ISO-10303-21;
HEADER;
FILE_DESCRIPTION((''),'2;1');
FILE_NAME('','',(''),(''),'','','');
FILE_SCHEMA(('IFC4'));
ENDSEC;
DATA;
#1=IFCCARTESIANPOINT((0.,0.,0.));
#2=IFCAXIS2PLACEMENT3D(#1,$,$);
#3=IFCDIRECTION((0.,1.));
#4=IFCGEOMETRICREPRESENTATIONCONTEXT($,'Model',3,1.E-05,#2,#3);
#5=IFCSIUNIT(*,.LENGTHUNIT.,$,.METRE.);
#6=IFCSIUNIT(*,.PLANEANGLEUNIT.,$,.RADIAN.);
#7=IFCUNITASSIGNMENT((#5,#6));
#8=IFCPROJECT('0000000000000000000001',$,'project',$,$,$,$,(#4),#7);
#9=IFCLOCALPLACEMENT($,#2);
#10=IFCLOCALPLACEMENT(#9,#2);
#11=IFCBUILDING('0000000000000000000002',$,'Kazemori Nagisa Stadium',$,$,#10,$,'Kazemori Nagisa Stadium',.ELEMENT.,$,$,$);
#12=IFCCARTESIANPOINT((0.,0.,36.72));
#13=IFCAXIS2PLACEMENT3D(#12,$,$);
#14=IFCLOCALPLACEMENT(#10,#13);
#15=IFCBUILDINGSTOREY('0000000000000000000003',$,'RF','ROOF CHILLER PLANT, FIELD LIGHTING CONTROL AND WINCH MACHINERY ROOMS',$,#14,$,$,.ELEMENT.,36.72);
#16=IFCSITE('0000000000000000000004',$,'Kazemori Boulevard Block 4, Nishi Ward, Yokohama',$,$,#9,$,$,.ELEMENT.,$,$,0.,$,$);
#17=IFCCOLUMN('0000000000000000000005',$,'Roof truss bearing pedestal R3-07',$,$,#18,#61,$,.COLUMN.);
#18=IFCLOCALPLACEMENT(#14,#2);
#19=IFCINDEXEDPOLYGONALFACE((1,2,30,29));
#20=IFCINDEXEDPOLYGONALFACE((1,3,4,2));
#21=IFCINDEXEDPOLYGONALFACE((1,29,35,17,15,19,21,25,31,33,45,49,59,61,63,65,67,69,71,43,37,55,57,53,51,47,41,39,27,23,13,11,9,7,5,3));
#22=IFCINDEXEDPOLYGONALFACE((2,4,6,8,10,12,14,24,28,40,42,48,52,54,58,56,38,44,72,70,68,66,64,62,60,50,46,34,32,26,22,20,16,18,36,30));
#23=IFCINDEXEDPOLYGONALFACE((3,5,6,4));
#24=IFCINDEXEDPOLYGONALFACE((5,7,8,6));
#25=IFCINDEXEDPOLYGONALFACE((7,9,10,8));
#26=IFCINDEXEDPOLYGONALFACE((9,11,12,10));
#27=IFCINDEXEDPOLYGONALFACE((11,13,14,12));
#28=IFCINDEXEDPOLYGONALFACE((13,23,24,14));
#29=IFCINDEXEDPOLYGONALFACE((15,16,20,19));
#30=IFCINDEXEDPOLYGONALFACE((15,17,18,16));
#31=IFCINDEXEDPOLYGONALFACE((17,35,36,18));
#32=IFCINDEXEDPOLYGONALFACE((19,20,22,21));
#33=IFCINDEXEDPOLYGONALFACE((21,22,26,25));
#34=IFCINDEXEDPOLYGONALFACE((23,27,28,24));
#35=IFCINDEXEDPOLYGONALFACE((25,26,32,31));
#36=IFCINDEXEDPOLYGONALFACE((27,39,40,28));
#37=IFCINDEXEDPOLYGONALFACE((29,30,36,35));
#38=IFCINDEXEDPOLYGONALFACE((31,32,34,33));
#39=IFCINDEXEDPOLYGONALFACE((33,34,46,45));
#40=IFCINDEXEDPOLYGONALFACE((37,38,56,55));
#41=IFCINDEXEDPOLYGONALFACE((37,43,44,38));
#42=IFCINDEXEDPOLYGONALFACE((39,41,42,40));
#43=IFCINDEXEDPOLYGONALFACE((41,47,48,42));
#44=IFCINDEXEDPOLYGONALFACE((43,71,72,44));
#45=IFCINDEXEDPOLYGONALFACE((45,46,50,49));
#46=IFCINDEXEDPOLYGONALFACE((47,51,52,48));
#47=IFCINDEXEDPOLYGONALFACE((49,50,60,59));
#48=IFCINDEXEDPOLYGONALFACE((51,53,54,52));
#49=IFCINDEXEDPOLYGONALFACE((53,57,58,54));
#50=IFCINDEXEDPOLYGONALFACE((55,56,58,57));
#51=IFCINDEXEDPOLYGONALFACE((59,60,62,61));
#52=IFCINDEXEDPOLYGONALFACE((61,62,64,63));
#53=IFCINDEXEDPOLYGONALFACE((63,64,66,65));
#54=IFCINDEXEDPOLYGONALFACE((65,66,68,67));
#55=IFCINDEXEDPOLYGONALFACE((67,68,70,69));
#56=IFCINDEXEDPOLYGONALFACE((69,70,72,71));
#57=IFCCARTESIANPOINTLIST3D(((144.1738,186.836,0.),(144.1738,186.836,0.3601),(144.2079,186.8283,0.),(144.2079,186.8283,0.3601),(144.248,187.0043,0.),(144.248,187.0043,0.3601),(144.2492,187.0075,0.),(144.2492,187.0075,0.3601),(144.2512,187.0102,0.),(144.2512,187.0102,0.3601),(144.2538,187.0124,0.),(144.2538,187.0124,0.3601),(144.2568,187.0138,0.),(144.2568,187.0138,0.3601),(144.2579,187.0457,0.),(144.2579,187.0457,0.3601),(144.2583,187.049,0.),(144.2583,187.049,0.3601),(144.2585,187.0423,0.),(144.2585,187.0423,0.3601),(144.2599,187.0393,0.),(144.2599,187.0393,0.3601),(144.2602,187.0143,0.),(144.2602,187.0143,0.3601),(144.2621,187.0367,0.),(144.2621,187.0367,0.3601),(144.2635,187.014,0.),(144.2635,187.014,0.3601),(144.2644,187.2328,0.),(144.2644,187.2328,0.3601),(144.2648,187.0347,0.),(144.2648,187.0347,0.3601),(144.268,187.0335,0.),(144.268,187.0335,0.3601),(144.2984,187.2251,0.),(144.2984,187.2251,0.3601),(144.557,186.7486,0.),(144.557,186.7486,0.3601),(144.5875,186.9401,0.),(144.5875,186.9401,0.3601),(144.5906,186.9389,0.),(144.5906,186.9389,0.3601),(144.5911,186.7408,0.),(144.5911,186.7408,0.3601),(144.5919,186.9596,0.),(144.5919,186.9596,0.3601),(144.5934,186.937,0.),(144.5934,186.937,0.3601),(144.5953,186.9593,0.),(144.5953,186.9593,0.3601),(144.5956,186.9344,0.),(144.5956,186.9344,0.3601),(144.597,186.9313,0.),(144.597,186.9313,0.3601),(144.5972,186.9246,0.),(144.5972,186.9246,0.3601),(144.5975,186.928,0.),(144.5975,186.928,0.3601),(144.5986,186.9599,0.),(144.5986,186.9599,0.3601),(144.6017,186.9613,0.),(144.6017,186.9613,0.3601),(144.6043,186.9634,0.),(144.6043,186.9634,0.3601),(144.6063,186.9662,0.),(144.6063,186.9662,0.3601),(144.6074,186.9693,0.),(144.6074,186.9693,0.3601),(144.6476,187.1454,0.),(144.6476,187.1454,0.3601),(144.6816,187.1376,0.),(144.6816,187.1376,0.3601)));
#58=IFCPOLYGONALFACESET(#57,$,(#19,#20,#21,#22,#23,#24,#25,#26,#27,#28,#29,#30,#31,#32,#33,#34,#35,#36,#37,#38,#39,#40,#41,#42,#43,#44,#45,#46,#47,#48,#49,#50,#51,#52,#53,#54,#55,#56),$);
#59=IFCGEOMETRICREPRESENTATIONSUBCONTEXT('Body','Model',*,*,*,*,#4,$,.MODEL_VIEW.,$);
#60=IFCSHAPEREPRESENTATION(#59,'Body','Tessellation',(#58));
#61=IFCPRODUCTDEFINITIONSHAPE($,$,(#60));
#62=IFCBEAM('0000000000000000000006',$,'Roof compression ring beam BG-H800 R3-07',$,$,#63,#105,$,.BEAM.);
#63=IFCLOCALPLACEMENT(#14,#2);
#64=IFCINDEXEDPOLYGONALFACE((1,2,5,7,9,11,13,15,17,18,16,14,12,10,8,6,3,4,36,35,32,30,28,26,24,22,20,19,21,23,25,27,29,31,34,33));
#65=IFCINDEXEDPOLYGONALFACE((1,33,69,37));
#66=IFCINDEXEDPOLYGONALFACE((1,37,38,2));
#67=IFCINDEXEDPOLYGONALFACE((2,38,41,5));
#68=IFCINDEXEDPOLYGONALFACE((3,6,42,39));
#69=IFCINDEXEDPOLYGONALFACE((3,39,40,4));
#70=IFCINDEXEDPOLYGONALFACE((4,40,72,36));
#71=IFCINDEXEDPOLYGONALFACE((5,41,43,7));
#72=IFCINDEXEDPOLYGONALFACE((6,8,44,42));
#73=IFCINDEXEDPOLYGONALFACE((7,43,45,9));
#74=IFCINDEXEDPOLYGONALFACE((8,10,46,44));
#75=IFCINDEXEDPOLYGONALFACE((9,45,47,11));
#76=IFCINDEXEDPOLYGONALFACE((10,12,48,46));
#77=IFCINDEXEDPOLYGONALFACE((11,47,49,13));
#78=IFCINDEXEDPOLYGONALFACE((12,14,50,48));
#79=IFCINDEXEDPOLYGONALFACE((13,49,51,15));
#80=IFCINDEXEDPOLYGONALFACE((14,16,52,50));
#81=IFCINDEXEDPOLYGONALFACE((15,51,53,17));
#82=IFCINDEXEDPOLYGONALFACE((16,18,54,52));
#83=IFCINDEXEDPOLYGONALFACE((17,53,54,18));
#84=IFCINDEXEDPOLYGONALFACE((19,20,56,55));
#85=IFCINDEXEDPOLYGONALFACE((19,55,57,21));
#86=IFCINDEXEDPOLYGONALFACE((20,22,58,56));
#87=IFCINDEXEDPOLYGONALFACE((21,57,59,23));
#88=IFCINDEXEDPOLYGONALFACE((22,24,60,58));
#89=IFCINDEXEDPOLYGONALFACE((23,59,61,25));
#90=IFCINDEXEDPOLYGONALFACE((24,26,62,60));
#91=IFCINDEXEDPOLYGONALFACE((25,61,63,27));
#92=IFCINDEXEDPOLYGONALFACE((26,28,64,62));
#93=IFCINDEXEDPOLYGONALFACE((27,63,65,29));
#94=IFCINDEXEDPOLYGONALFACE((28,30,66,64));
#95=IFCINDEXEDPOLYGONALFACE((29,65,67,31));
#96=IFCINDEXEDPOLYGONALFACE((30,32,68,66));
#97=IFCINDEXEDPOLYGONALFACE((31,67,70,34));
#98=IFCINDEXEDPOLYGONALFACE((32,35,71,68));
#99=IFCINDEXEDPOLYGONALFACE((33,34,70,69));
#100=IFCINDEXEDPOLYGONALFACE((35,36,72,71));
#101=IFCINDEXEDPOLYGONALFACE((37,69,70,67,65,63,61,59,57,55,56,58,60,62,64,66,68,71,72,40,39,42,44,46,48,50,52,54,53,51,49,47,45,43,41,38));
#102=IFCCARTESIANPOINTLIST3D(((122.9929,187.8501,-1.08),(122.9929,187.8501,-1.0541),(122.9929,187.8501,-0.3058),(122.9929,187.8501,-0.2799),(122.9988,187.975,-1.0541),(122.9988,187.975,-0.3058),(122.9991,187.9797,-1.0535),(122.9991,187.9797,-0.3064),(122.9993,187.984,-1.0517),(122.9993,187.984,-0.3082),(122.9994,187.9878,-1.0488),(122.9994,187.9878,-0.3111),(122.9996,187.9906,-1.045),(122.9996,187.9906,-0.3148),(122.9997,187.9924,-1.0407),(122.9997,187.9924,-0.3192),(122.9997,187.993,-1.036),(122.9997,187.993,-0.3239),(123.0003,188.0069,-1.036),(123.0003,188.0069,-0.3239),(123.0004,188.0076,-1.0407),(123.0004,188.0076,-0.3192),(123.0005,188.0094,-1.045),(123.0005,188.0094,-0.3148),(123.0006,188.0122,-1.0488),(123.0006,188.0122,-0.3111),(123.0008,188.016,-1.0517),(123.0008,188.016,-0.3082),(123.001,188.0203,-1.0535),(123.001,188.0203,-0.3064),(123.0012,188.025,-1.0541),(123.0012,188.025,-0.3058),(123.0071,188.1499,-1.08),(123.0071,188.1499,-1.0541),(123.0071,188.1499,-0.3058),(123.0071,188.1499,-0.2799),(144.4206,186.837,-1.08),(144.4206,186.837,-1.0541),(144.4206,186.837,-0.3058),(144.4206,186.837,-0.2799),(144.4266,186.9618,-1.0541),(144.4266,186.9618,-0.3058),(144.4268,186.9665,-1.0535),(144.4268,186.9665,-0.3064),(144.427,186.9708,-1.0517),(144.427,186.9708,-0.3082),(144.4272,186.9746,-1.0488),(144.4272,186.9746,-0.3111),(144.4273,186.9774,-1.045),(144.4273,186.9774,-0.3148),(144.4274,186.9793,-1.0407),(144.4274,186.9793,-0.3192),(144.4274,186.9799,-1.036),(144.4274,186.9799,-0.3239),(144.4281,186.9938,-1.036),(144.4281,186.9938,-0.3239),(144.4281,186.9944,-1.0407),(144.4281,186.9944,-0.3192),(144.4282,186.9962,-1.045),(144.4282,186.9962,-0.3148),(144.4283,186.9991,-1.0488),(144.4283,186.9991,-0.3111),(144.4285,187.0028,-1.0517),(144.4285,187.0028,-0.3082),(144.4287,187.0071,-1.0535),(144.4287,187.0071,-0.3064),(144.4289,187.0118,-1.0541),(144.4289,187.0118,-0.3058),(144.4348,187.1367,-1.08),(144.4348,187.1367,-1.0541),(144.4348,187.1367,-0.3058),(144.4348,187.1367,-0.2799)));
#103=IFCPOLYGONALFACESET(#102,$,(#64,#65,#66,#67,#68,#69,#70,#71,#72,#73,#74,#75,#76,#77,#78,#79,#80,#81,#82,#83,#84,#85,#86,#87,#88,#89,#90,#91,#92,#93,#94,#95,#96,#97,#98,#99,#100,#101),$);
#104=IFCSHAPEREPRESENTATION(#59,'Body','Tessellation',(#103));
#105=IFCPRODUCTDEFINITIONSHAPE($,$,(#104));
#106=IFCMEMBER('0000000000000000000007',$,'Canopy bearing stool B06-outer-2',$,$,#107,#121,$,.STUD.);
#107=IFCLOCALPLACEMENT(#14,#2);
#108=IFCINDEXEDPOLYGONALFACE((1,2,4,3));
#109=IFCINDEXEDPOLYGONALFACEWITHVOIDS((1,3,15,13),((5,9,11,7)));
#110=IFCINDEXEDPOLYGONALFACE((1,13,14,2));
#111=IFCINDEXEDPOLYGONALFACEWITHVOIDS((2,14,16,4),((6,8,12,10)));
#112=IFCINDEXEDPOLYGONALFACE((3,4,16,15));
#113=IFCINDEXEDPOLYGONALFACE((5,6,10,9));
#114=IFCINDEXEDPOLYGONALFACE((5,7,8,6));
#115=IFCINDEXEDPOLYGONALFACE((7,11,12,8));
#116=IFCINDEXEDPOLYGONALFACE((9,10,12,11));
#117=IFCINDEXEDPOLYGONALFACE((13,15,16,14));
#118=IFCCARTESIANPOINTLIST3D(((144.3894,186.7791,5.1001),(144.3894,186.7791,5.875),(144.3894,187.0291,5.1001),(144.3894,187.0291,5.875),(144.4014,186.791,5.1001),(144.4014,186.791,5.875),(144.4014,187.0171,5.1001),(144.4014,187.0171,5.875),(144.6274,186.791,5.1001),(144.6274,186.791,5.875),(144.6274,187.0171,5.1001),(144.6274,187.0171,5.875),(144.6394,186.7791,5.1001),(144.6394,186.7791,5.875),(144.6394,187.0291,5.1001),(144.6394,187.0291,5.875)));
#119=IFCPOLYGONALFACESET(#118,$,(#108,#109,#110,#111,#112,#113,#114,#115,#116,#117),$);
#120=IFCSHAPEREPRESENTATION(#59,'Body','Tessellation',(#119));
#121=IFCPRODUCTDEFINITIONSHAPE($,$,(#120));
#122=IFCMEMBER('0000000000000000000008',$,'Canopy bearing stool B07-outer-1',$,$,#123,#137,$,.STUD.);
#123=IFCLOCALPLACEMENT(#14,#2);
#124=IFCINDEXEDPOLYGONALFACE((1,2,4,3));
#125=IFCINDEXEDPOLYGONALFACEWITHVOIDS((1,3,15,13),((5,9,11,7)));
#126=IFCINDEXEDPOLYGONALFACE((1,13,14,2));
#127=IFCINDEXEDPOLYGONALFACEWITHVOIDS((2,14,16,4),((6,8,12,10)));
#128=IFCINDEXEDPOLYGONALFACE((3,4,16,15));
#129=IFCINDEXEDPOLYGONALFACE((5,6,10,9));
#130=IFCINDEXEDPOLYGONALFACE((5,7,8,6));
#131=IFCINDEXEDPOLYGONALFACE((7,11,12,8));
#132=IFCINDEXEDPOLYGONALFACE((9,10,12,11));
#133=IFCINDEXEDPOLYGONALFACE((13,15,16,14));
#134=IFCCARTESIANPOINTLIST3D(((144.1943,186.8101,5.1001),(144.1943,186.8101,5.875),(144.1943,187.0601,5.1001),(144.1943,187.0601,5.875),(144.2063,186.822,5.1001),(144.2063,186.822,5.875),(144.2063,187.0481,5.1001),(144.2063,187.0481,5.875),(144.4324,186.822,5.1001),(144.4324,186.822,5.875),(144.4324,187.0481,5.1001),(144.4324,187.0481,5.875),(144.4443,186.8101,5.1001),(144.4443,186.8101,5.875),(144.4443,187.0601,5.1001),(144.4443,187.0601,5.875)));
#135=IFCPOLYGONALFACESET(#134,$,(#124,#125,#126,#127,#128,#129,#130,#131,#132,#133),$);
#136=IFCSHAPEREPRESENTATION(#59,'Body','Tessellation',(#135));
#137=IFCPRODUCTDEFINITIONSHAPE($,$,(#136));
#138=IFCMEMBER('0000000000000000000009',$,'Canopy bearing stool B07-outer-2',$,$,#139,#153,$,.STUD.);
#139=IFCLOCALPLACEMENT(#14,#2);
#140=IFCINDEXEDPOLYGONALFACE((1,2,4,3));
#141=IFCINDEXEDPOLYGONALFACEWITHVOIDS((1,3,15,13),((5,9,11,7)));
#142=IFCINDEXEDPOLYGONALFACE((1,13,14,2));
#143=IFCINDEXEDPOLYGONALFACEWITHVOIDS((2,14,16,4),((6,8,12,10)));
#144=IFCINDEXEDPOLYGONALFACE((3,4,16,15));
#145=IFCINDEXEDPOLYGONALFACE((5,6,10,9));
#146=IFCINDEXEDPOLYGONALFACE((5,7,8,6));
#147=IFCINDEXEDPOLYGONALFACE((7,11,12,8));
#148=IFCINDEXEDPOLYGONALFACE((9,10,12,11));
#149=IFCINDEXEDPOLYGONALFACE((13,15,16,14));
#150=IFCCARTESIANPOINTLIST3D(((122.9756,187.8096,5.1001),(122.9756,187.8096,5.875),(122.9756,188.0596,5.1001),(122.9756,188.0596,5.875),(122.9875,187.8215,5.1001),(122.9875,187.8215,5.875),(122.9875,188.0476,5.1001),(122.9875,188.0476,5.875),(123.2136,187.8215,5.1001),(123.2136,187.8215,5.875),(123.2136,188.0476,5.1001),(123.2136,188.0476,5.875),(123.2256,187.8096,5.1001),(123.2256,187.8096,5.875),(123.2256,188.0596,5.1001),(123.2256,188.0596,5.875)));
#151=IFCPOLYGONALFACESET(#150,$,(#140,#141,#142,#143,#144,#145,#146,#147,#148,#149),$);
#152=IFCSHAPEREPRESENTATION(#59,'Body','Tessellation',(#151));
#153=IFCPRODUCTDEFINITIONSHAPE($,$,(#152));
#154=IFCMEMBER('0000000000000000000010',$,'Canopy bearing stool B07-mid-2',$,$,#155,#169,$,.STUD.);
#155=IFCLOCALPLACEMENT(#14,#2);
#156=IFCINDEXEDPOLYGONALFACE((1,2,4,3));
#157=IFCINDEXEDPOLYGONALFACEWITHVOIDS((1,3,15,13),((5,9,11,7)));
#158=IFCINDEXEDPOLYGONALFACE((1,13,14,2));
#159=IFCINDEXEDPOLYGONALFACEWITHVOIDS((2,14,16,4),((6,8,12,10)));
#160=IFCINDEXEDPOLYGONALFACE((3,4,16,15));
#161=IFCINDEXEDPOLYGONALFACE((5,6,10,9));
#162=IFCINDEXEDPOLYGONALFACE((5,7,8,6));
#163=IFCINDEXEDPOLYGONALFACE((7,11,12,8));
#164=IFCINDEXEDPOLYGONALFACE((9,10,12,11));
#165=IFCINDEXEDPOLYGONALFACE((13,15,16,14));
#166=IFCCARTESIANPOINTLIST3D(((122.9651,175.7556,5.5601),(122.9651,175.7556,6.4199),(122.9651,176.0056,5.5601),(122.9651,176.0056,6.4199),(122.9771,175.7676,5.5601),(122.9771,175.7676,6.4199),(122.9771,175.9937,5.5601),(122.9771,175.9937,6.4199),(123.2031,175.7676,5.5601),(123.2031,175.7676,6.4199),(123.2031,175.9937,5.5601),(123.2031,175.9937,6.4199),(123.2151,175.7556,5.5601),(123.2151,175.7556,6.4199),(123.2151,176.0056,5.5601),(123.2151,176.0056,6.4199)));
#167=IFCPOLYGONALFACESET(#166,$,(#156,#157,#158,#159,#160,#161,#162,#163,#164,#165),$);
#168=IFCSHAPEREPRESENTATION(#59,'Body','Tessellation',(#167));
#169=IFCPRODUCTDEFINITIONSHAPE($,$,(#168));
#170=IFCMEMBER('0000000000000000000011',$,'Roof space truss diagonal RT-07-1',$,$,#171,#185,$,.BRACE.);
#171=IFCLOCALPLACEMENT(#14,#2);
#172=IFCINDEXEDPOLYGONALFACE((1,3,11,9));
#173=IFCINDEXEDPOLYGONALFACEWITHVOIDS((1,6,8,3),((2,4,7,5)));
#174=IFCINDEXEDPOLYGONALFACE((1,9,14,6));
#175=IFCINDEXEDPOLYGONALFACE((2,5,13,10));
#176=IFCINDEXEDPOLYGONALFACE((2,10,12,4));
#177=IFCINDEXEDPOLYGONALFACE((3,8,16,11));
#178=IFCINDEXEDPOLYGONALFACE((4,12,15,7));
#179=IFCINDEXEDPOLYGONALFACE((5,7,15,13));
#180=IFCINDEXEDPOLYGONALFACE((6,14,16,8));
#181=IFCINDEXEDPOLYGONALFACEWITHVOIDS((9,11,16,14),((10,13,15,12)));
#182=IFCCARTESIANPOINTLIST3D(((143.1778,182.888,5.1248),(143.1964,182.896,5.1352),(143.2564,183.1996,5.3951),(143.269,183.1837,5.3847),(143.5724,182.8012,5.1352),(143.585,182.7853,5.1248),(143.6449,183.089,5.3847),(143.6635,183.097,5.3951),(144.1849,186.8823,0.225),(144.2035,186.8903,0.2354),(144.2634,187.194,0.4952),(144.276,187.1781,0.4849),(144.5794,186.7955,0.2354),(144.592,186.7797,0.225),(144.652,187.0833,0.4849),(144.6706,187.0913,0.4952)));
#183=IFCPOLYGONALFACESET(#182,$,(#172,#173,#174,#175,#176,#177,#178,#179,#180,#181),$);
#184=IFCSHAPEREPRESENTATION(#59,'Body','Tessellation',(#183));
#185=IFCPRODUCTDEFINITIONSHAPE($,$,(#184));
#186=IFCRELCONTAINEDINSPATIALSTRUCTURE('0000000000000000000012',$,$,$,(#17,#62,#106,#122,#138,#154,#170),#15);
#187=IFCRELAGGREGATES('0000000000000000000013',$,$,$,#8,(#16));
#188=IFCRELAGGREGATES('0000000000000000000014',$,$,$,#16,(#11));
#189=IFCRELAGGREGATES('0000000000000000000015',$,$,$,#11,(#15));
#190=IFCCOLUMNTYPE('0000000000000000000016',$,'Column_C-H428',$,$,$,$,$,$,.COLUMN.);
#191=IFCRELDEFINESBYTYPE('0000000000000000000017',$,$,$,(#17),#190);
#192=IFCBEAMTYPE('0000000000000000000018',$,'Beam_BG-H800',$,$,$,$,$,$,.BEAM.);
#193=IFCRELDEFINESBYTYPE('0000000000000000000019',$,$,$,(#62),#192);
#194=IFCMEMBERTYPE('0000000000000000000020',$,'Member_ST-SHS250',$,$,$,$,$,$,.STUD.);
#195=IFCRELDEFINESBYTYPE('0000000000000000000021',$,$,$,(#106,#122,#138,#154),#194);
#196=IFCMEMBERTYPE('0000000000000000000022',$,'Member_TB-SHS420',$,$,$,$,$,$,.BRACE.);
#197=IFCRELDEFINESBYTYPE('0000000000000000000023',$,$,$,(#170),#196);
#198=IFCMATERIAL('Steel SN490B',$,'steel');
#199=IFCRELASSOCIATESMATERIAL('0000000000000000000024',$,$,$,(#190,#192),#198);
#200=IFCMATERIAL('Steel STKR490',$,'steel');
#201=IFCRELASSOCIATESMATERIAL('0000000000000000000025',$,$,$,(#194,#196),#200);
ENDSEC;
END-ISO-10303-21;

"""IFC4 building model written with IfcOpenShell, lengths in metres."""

from ifc_helpers import new_model, si_unit, direction, frame, origin, origin_2d, place, context, subcontext, project, spatial, hollow_rectangle, i_section, extrude, material, material_profile, profile_set, type_object, element, save


model = new_model("IFC4")

# Units and contexts
model_context = context("Model", 3, precision=1e-05, world=origin(), true_north=direction((0.0, 1.0)))
body_context = subcontext(model_context, "Body", "Model", "MODEL_VIEW")
ifc_project = project(units=[si_unit("LENGTHUNIT", "METRE"), si_unit("PLANEANGLEUNIT", "RADIAN")], contexts=[model_context])

# Site, building, storey
site_placement = place(None, origin())
site = spatial("IfcSite", under=ifc_project, at=site_placement, Name="Kazemori Boulevard Block 4, Nishi Ward, Yokohama", CompositionType="ELEMENT", RefElevation=0.0)
building_placement = place(site_placement, origin())
building = spatial("IfcBuilding", under=site, at=building_placement, Name="Kazemori Nagisa Stadium", LongName="Kazemori Nagisa Stadium", CompositionType="ELEMENT")
storey_placement = place(building_placement, frame((0.0, 0.0, 36.72)))
storey = spatial("IfcBuildingStorey", under=building, at=storey_placement, Name="RF", Description="ROOF CHILLER PLANT, FIELD LIGHTING CONTROL AND WINCH MACHINERY ROOMS", CompositionType="ELEMENT", Elevation=36.72)

# Column
ifc_material_1 = material(Name="Steel SN490B", Category="steel")
ifc_material_profile_1 = material_profile(ifc_material_1, i_section(OverallWidth=0.407, OverallDepth=0.428, WebThickness=0.02, FlangeThickness=0.0349, FilletRadius=0.0129, at=origin_2d()), Name="H-428x407x20x35")
ifc_profile_set_1 = profile_set([ifc_material_profile_1], Name="Steel SN490B")
column_type = type_object("IfcColumnType", Name="Column_C-H428", PredefinedType="COLUMN", material=ifc_profile_set_1)
column_placement = place(storey_placement, frame((144.4277, 186.9868, 0.0), z_axis=(0.0, 0.0, 1.0), x_axis=(0.222521, 0.974928, 0.0)))
element("IfcColumn", 1, at=column_placement, inside=storey, type_object=column_type, Name="Roof truss bearing pedestal R3-07", PredefinedType="COLUMN", context=body_context, shape_type="SweptSolid", body=[
    extrude(i_section(OverallWidth=0.407, OverallDepth=0.428, WebThickness=0.02, FlangeThickness=0.0349, FilletRadius=0.0129, at=origin_2d()), origin(), (0.0, 0.0, 1.0), 0.3601),
])

# Beam
ifc_material_profile_2 = material_profile(ifc_material_1, i_section(OverallWidth=0.3, OverallDepth=0.8, WebThickness=0.0139, FlangeThickness=0.0259, FilletRadius=0.0181, at=origin_2d()), Name="H-800x300x14x26")
ifc_profile_set_2 = profile_set([ifc_material_profile_2], Name="Steel SN490B")
beam_type = type_object("IfcBeamType", Name="Beam_BG-H800", PredefinedType="BEAM", material=ifc_profile_set_2)
beam_placement = place(storey_placement, frame((144.4277, 186.9868, -0.6799), z_axis=(-0.998884, 0.047231, 0.0), x_axis=(-0.047231, -0.998884, 0.0)))
element("IfcBeam", 2, at=beam_placement, inside=storey, type_object=beam_type, Name="Roof compression ring beam BG-H800 R3-07", PredefinedType="BEAM", context=body_context, shape_type="SweptSolid", body=[
    extrude(i_section(OverallWidth=0.3, OverallDepth=0.8, WebThickness=0.0139, FlangeThickness=0.0259, FilletRadius=0.0181, at=origin_2d()), origin(), (0.0, 0.0, 1.0), 21.4517),
])

# Members
ifc_material_2 = material(Name="Steel STKR490", Category="steel")
ifc_material_profile_3 = material_profile(ifc_material_2, hollow_rectangle(XDim=0.25, YDim=0.25, WallThickness=0.012, at=origin_2d()), Name="SHS-250x250x12")
ifc_profile_set_3 = profile_set([ifc_material_profile_3], Name="Steel STKR490")
member_type_1 = type_object("IfcMemberType", Name="Member_ST-SHS250", PredefinedType="STUD", material=ifc_profile_set_3)
for number, where, z_axis, x_axis, name in (
    (3, (144.5144, 186.9041, 5.1001), (0.0, 0.0, 1.0), (1.0, 0.0, 0.0), "Canopy bearing stool B06-outer-2"),
    (4, (144.3193, 186.9351, 5.1001), (0.0, 0.0, 1.0), (1.0, 0.0, 0.0), "Canopy bearing stool B07-outer-1"),
    (5, (123.1006, 187.9346, 5.1001), (0.0, 0.0, 1.0), (1.0, 0.0, 0.0), "Canopy bearing stool B07-outer-2"),
):
    element("IfcMember", number, at=place(storey_placement, frame(where, z_axis=z_axis, x_axis=x_axis)), inside=storey, type_object=member_type_1, Name=name, PredefinedType="STUD", context=body_context, shape_type="SweptSolid", body=[
        extrude(hollow_rectangle(XDim=0.25, YDim=0.25, WallThickness=0.012, at=origin_2d()), origin(), (0.0, 0.0, 1.0), 0.7749),
    ])
member_1_placement = place(storey_placement, frame((123.0901, 175.8806, 5.5601), z_axis=(0.0, 0.0, 1.0), x_axis=(1.0, 0.0, 0.0)))
element("IfcMember", 6, at=member_1_placement, inside=storey, type_object=member_type_1, Name="Canopy bearing stool B07-mid-2", PredefinedType="STUD", context=body_context, shape_type="SweptSolid", body=[
    extrude(hollow_rectangle(XDim=0.25, YDim=0.25, WallThickness=0.012, at=origin_2d()), origin(), (0.0, 0.0, 1.0), 0.8599),
])
ifc_material_profile_4 = material_profile(ifc_material_2, hollow_rectangle(XDim=0.4199, YDim=0.4199, WallThickness=0.0161, at=origin_2d()), Name="SHS-420x420x16")
ifc_profile_set_4 = profile_set([ifc_material_profile_4], Name="Steel STKR490")
member_type_2 = type_object("IfcMemberType", Name="Member_TB-SHS420", PredefinedType="BRACE", material=ifc_profile_set_4)
member_2_placement = place(storey_placement, frame((144.4277, 186.9868, 0.3601), z_axis=(-0.157321, -0.623983, 0.765438), x_axis=(0.969656, -0.244473, 0.0)))
element("IfcMember", 7, at=member_2_placement, inside=storey, type_object=member_type_2, Name="Roof space truss diagonal RT-07-1", PredefinedType="BRACE", context=body_context, shape_type="SweptSolid", body=[
    extrude(hollow_rectangle(XDim=0.4199, YDim=0.4199, WallThickness=0.0161, at=origin_2d()), origin(), (0.0, 0.0, 1.0), 6.4014),
])

save(model, "model.ifc")
